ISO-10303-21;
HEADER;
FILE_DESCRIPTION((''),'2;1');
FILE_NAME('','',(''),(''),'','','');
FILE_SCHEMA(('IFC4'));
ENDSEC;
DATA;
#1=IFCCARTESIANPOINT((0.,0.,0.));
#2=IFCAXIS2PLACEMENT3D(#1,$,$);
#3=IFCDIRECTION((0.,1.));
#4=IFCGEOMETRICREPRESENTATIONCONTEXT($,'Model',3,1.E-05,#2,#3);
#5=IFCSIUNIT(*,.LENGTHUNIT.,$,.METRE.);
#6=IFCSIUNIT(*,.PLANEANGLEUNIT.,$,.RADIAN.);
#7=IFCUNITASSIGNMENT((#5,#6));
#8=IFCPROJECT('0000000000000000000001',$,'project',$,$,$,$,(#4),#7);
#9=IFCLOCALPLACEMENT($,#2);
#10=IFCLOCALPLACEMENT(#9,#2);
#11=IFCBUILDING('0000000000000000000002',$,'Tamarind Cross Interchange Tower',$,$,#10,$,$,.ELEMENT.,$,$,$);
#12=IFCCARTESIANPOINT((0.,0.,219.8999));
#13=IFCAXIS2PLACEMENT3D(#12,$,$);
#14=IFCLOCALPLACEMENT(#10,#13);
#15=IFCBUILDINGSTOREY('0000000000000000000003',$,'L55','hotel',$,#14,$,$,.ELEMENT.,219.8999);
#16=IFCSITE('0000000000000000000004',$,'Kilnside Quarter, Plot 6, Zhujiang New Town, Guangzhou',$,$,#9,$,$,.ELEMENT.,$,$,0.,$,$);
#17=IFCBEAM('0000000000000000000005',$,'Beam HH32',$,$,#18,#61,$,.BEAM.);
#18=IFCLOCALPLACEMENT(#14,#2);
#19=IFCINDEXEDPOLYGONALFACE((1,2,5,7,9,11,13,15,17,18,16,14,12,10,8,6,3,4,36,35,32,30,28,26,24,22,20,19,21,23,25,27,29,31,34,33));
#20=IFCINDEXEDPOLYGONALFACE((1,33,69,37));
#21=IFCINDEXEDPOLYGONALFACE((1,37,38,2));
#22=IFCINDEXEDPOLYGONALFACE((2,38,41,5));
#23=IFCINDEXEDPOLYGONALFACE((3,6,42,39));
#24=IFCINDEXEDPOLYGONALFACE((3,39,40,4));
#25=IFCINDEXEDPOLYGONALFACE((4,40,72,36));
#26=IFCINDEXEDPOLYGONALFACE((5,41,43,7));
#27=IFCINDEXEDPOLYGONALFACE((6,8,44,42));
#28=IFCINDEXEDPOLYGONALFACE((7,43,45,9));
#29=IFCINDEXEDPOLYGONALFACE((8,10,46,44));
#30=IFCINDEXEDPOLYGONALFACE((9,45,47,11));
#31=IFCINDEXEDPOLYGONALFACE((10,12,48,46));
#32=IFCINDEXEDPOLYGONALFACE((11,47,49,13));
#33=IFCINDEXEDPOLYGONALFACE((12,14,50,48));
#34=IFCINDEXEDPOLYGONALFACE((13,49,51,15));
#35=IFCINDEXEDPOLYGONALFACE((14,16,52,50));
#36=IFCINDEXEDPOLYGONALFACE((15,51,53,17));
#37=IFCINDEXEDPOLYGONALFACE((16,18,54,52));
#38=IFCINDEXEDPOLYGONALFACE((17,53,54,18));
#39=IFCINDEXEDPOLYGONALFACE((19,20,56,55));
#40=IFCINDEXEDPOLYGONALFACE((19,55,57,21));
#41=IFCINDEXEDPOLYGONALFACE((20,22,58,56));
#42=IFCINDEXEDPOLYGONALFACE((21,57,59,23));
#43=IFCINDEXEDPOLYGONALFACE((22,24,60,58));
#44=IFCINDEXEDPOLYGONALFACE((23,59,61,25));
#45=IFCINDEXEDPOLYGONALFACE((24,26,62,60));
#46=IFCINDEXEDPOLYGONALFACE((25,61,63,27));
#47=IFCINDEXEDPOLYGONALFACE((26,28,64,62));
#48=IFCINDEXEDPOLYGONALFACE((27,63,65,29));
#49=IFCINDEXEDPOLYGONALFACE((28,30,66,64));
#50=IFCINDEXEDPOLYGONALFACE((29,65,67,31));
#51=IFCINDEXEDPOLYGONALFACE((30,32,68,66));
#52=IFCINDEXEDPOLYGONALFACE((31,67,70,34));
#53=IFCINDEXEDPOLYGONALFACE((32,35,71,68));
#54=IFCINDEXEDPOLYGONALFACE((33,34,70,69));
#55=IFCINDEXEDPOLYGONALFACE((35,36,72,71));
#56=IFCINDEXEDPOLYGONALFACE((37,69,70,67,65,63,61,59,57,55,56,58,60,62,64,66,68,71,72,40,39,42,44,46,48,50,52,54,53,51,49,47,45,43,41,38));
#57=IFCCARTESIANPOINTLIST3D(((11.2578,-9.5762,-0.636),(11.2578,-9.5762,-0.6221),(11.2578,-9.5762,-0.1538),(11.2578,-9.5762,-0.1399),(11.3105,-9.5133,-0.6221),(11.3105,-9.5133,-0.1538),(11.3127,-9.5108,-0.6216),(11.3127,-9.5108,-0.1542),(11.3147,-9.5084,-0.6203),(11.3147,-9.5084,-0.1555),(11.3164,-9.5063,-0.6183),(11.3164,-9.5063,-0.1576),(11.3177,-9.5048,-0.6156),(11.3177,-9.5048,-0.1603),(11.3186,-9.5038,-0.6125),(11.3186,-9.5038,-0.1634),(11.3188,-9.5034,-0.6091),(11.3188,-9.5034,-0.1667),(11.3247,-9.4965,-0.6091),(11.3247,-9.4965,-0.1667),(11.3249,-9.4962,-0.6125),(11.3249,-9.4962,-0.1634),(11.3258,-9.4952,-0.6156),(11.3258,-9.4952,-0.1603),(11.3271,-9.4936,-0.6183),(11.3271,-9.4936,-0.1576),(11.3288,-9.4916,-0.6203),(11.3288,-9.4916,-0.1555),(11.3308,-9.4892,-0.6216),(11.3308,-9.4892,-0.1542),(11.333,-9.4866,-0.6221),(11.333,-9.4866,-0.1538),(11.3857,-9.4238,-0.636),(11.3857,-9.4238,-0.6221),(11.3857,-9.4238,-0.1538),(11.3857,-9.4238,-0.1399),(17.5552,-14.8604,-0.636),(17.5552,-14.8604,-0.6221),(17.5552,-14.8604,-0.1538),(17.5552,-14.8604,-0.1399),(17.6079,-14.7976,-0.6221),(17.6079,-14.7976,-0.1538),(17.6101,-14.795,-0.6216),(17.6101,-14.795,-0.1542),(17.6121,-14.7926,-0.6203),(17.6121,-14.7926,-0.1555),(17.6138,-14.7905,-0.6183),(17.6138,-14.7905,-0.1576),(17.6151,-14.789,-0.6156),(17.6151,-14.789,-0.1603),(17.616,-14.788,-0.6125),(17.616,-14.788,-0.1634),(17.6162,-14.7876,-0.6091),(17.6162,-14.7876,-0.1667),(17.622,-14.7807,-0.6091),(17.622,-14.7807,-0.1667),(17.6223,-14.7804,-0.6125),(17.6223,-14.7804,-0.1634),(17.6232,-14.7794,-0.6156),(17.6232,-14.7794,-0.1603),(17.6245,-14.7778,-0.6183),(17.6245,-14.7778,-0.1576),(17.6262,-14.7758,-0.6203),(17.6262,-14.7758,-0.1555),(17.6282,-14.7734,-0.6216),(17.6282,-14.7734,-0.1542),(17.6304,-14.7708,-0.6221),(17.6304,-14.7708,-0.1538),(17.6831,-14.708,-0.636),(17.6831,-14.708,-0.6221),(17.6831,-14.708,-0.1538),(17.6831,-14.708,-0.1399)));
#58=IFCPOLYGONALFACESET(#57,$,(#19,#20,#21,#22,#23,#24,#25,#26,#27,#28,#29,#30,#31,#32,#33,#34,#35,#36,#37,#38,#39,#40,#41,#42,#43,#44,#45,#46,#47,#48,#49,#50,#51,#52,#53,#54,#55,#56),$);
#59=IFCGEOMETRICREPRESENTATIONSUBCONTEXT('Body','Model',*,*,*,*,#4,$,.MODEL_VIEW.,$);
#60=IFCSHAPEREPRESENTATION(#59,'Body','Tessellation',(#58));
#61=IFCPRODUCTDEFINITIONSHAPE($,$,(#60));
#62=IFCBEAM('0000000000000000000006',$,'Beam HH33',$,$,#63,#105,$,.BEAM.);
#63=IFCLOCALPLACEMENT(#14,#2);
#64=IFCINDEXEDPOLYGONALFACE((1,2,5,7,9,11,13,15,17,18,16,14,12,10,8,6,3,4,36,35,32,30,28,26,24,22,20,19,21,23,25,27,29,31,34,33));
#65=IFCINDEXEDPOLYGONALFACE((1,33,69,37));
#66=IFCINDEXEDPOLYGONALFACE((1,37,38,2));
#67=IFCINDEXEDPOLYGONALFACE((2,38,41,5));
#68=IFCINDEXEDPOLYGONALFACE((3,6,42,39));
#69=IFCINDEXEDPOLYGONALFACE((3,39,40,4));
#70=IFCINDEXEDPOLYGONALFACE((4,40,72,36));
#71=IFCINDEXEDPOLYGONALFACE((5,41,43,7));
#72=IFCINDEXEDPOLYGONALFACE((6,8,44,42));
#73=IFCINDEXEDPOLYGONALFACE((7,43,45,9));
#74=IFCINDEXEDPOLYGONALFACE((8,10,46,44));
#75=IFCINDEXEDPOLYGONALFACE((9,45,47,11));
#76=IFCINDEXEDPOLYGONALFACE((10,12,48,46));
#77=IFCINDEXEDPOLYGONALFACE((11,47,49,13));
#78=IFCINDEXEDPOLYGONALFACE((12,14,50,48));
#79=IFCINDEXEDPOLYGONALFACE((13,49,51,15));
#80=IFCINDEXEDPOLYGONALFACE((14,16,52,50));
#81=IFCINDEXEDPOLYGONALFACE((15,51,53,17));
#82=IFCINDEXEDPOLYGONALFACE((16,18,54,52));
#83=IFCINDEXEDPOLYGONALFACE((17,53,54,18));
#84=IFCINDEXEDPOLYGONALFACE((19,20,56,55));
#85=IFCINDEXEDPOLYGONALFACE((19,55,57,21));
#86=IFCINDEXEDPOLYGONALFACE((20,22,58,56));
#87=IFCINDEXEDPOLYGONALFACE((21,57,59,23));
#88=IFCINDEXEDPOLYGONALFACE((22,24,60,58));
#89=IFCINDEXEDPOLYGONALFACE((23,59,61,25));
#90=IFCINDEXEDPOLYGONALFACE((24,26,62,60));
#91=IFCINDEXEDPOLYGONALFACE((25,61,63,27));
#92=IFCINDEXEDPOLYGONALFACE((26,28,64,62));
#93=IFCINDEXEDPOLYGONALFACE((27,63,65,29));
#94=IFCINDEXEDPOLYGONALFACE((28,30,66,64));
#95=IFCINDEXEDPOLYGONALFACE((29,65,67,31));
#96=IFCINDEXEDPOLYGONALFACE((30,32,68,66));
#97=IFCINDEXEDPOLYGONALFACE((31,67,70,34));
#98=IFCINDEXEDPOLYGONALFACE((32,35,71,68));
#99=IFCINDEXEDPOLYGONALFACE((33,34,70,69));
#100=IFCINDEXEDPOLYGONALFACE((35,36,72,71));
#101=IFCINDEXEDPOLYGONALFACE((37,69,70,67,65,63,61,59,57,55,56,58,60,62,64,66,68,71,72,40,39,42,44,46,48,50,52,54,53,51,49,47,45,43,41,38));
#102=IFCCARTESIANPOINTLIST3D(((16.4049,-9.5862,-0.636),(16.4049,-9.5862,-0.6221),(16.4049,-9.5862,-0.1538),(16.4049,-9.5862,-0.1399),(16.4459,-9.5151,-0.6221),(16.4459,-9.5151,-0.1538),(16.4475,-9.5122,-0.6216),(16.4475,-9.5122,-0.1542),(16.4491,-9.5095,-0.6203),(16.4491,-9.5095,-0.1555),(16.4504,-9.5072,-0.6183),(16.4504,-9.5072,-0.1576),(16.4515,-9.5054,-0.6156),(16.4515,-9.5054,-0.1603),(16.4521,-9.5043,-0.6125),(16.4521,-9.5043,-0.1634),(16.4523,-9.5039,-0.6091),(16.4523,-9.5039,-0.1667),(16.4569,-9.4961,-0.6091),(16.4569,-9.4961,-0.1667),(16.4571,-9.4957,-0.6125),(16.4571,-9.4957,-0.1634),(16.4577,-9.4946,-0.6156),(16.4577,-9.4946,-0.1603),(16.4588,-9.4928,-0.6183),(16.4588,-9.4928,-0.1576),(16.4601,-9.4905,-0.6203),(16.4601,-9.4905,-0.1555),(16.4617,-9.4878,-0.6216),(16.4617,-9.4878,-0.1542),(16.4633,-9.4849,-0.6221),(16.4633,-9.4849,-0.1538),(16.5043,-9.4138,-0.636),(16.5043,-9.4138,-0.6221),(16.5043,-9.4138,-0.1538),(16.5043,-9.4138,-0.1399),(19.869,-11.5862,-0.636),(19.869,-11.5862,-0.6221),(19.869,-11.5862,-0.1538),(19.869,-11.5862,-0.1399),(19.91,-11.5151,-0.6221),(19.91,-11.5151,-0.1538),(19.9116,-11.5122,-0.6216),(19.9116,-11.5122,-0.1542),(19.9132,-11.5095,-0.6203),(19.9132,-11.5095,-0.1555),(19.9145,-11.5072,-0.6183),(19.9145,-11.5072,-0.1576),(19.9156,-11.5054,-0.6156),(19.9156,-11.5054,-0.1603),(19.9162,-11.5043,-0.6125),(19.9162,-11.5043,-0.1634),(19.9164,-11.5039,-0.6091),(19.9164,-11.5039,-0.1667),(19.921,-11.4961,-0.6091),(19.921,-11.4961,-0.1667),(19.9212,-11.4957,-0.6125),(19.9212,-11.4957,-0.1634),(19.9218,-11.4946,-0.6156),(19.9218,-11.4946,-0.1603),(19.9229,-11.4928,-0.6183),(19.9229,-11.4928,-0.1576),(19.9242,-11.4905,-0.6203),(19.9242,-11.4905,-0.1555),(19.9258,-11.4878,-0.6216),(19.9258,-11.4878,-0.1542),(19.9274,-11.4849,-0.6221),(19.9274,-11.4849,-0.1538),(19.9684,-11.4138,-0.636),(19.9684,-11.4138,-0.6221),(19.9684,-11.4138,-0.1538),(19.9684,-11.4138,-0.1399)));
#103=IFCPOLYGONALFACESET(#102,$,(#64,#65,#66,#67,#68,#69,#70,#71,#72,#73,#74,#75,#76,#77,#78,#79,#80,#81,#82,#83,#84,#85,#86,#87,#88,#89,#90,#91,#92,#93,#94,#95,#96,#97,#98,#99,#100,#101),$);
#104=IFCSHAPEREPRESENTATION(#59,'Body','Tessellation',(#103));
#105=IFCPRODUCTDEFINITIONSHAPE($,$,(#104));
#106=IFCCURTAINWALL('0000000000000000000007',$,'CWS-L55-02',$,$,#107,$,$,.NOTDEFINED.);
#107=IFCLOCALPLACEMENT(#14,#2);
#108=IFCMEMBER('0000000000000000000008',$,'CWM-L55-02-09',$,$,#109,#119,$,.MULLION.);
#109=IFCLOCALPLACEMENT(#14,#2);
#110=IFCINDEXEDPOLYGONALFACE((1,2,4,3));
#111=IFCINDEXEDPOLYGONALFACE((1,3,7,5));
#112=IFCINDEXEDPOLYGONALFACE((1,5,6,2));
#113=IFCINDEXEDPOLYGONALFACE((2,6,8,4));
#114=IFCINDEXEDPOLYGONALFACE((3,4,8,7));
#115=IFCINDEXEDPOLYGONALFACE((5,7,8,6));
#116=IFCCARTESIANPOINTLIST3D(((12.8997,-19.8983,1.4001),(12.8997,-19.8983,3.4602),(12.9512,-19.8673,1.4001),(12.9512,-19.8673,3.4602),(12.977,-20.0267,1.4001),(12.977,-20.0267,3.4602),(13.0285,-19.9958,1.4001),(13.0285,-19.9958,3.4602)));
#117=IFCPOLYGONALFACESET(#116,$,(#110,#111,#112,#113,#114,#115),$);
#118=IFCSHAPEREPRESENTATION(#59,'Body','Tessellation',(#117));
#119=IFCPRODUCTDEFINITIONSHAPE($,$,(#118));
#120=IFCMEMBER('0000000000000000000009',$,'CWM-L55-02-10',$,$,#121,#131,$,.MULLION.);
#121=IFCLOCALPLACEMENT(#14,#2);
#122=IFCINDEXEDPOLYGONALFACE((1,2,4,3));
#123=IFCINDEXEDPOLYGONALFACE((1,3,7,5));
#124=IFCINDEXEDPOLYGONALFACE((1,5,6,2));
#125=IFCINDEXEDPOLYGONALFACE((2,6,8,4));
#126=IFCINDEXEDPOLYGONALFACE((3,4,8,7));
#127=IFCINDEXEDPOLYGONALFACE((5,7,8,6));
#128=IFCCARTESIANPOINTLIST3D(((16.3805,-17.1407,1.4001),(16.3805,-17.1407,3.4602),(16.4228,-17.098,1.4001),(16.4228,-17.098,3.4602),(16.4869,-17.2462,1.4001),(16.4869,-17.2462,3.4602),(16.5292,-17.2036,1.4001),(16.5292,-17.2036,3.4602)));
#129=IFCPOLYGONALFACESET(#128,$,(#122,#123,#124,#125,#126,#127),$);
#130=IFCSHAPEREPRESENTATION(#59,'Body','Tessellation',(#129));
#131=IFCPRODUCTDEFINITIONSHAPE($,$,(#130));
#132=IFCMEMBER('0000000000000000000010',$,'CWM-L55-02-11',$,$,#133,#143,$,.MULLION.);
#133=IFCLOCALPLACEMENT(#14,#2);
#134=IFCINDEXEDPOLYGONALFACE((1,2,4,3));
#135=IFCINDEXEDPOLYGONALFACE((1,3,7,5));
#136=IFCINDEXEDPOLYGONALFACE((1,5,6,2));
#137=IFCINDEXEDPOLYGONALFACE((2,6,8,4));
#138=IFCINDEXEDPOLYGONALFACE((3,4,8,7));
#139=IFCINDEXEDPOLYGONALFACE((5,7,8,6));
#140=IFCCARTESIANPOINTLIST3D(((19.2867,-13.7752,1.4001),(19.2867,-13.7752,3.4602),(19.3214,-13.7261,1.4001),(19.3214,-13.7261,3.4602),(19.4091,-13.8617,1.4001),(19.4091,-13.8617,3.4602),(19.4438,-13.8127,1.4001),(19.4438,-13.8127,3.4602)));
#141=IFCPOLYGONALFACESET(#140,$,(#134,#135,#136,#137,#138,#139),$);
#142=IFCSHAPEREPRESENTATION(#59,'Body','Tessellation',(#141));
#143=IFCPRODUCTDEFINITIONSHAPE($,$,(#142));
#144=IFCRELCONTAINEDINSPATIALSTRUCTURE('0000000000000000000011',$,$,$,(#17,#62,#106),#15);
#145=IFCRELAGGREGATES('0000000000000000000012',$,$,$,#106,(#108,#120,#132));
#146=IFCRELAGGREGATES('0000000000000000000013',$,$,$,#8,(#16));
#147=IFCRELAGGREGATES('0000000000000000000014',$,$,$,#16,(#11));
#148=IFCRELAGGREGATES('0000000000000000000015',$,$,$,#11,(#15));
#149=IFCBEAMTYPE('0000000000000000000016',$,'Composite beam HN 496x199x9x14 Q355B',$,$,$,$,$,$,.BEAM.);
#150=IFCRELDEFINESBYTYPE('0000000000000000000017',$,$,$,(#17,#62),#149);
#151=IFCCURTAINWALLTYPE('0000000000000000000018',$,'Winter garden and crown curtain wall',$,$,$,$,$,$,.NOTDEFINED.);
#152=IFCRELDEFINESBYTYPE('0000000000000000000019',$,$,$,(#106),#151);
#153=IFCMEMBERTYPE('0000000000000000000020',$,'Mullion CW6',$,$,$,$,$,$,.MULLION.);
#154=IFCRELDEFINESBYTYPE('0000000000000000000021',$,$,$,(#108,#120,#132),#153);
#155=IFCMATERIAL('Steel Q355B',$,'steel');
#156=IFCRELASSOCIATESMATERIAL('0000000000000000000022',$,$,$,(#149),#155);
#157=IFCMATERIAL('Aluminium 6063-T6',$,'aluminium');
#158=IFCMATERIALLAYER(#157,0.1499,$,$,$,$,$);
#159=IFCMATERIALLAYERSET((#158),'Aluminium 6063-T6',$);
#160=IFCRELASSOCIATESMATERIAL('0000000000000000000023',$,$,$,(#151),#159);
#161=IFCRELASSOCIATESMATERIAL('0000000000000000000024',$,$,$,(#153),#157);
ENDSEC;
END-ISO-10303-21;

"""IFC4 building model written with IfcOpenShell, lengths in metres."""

from ifc_helpers import new_model, si_unit, direction, frame, origin, origin_2d, place, context, subcontext, project, spatial, rectangle, i_section, extrude, material, layer, layer_set, material_profile, profile_set, type_object, element, aggregate, save


model = new_model("IFC4")

# Units and contexts
model_context = context("Model", 3, precision=1e-05, world=origin(), true_north=direction((0.0, 1.0)))
body_context = subcontext(model_context, "Body", "Model", "MODEL_VIEW")
ifc_project = project(units=[si_unit("LENGTHUNIT", "METRE"), si_unit("PLANEANGLEUNIT", "RADIAN")], contexts=[model_context])

# Site, building, storey
site_placement = place(None, origin())
site = spatial("IfcSite", under=ifc_project, at=site_placement, Name="Kilnside Quarter, Plot 6, Zhujiang New Town, Guangzhou", CompositionType="ELEMENT", RefElevation=0.0)
building_placement = place(site_placement, origin())
building = spatial("IfcBuilding", under=site, at=building_placement, Name="Tamarind Cross Interchange Tower", CompositionType="ELEMENT")
storey_placement = place(building_placement, frame((0.0, 0.0, 219.8999)))
storey = spatial("IfcBuildingStorey", under=building, at=storey_placement, Name="L55", Description="hotel", CompositionType="ELEMENT", Elevation=219.8999)

# Beams
ifc_material_1 = material(Name="Steel Q355B", Category="steel")
ifc_material_profile_1 = material_profile(ifc_material_1, i_section(OverallWidth=0.199, OverallDepth=0.4961, WebThickness=0.009, FlangeThickness=0.0139, FilletRadius=0.0129, at=origin_2d()), Name="HN 496x199x9x14")
ifc_profile_set_1 = profile_set([ifc_material_profile_1], Name="Steel Q355B")
beam_type = type_object("IfcBeamType", Name="Composite beam HN 496x199x9x14 Q355B", PredefinedType="BEAM", material=ifc_profile_set_1)
beam_1_placement = place(storey_placement, frame((17.6191, -14.7842, -0.3879), z_axis=(-0.766041, 0.642792, 0.0), x_axis=(-0.642792, -0.766041, 0.0)))
element("IfcBeam", 1, at=beam_1_placement, inside=storey, type_object=beam_type, Name="Beam HH32", PredefinedType="BEAM", context=body_context, shape_type="SweptSolid", body=[
    extrude(i_section(OverallWidth=0.199, OverallDepth=0.4961, WebThickness=0.009, FlangeThickness=0.0139, FilletRadius=0.0129, at=origin_2d()), origin(), (0.0, 0.0, 1.0), 8.2207),
])
beam_2_placement = place(storey_placement, frame((19.9187, -11.5, -0.3879), z_axis=(-0.866026, 0.499999, 0.0), x_axis=(-0.499999, -0.866026, 0.0)))
element("IfcBeam", 2, at=beam_2_placement, inside=storey, type_object=beam_type, Name="Beam HH33", PredefinedType="BEAM", context=body_context, shape_type="SweptSolid", body=[
    extrude(i_section(OverallWidth=0.199, OverallDepth=0.4961, WebThickness=0.009, FlangeThickness=0.0139, FilletRadius=0.0129, at=origin_2d()), origin(), (0.0, 0.0, 1.0), 4.0),
])

# Curtain wall, members
ifc_material_2 = material(Name="Aluminium 6063-T6", Category="aluminium")
ifc_layer_1 = layer(ifc_material_2, 0.1499)
ifc_layer_set_1 = layer_set([ifc_layer_1], Name="Aluminium 6063-T6")
curtain_wall_type = type_object("IfcCurtainWallType", Name="Winter garden and crown curtain wall", PredefinedType="NOTDEFINED", material=ifc_layer_set_1)
curtain_wall_placement = place(storey_placement, origin())
curtain_wall = element("IfcCurtainWall", 3, at=curtain_wall_placement, inside=storey, type_object=curtain_wall_type, Name="CWS-L55-02", PredefinedType="NOTDEFINED")
ifc_material_profile_2 = material_profile(ifc_material_2, rectangle(XDim=0.0601, YDim=0.1499, at=origin_2d()), Name="Mullion CW6")
ifc_profile_set_2 = profile_set([ifc_material_profile_2], Name="Aluminium 6063-T6")
member_type = type_object("IfcMemberType", Name="Mullion CW6", PredefinedType="MULLION", material=ifc_profile_set_2)
member_1_placement = place(storey_placement, frame((12.9641, -19.947, 1.4001), z_axis=(0.0, 0.0, 1.0), x_axis=(0.856843, 0.515577, 0.0)))
member_1 = element("IfcMember", 4, at=member_1_placement, type_object=member_type, Name="CWM-L55-02-09", PredefinedType="MULLION", context=body_context, shape_type="SweptSolid", body=[
    extrude(rectangle(XDim=0.0601, YDim=0.1499, at=origin_2d()), origin(), (0.0, 0.0, 1.0), 2.0601),
])
member_2_placement = place(storey_placement, frame((16.4548, -17.1721, 1.4001), z_axis=(0.0, 0.0, 1.0), x_axis=(0.704057, 0.710143, 0.0)))
member_2 = element("IfcMember", 5, at=member_2_placement, type_object=member_type, Name="CWM-L55-02-10", PredefinedType="MULLION", context=body_context, shape_type="SweptSolid", body=[
    extrude(rectangle(XDim=0.0601, YDim=0.1499, at=origin_2d()), origin(), (0.0, 0.0, 1.0), 2.0601),
])
member_3_placement = place(storey_placement, frame((19.3652, -13.7939, 1.4001), z_axis=(0.0, 0.0, 1.0), x_axis=(0.577569, 0.816342, 0.0)))
member_3 = element("IfcMember", 6, at=member_3_placement, type_object=member_type, Name="CWM-L55-02-11", PredefinedType="MULLION", context=body_context, shape_type="SweptSolid", body=[
    extrude(rectangle(XDim=0.0601, YDim=0.1499, at=origin_2d()), origin(), (0.0, 0.0, 1.0), 2.0601),
])
aggregate(curtain_wall, [member_1, member_2, member_3])

save(model, "model.ifc")
